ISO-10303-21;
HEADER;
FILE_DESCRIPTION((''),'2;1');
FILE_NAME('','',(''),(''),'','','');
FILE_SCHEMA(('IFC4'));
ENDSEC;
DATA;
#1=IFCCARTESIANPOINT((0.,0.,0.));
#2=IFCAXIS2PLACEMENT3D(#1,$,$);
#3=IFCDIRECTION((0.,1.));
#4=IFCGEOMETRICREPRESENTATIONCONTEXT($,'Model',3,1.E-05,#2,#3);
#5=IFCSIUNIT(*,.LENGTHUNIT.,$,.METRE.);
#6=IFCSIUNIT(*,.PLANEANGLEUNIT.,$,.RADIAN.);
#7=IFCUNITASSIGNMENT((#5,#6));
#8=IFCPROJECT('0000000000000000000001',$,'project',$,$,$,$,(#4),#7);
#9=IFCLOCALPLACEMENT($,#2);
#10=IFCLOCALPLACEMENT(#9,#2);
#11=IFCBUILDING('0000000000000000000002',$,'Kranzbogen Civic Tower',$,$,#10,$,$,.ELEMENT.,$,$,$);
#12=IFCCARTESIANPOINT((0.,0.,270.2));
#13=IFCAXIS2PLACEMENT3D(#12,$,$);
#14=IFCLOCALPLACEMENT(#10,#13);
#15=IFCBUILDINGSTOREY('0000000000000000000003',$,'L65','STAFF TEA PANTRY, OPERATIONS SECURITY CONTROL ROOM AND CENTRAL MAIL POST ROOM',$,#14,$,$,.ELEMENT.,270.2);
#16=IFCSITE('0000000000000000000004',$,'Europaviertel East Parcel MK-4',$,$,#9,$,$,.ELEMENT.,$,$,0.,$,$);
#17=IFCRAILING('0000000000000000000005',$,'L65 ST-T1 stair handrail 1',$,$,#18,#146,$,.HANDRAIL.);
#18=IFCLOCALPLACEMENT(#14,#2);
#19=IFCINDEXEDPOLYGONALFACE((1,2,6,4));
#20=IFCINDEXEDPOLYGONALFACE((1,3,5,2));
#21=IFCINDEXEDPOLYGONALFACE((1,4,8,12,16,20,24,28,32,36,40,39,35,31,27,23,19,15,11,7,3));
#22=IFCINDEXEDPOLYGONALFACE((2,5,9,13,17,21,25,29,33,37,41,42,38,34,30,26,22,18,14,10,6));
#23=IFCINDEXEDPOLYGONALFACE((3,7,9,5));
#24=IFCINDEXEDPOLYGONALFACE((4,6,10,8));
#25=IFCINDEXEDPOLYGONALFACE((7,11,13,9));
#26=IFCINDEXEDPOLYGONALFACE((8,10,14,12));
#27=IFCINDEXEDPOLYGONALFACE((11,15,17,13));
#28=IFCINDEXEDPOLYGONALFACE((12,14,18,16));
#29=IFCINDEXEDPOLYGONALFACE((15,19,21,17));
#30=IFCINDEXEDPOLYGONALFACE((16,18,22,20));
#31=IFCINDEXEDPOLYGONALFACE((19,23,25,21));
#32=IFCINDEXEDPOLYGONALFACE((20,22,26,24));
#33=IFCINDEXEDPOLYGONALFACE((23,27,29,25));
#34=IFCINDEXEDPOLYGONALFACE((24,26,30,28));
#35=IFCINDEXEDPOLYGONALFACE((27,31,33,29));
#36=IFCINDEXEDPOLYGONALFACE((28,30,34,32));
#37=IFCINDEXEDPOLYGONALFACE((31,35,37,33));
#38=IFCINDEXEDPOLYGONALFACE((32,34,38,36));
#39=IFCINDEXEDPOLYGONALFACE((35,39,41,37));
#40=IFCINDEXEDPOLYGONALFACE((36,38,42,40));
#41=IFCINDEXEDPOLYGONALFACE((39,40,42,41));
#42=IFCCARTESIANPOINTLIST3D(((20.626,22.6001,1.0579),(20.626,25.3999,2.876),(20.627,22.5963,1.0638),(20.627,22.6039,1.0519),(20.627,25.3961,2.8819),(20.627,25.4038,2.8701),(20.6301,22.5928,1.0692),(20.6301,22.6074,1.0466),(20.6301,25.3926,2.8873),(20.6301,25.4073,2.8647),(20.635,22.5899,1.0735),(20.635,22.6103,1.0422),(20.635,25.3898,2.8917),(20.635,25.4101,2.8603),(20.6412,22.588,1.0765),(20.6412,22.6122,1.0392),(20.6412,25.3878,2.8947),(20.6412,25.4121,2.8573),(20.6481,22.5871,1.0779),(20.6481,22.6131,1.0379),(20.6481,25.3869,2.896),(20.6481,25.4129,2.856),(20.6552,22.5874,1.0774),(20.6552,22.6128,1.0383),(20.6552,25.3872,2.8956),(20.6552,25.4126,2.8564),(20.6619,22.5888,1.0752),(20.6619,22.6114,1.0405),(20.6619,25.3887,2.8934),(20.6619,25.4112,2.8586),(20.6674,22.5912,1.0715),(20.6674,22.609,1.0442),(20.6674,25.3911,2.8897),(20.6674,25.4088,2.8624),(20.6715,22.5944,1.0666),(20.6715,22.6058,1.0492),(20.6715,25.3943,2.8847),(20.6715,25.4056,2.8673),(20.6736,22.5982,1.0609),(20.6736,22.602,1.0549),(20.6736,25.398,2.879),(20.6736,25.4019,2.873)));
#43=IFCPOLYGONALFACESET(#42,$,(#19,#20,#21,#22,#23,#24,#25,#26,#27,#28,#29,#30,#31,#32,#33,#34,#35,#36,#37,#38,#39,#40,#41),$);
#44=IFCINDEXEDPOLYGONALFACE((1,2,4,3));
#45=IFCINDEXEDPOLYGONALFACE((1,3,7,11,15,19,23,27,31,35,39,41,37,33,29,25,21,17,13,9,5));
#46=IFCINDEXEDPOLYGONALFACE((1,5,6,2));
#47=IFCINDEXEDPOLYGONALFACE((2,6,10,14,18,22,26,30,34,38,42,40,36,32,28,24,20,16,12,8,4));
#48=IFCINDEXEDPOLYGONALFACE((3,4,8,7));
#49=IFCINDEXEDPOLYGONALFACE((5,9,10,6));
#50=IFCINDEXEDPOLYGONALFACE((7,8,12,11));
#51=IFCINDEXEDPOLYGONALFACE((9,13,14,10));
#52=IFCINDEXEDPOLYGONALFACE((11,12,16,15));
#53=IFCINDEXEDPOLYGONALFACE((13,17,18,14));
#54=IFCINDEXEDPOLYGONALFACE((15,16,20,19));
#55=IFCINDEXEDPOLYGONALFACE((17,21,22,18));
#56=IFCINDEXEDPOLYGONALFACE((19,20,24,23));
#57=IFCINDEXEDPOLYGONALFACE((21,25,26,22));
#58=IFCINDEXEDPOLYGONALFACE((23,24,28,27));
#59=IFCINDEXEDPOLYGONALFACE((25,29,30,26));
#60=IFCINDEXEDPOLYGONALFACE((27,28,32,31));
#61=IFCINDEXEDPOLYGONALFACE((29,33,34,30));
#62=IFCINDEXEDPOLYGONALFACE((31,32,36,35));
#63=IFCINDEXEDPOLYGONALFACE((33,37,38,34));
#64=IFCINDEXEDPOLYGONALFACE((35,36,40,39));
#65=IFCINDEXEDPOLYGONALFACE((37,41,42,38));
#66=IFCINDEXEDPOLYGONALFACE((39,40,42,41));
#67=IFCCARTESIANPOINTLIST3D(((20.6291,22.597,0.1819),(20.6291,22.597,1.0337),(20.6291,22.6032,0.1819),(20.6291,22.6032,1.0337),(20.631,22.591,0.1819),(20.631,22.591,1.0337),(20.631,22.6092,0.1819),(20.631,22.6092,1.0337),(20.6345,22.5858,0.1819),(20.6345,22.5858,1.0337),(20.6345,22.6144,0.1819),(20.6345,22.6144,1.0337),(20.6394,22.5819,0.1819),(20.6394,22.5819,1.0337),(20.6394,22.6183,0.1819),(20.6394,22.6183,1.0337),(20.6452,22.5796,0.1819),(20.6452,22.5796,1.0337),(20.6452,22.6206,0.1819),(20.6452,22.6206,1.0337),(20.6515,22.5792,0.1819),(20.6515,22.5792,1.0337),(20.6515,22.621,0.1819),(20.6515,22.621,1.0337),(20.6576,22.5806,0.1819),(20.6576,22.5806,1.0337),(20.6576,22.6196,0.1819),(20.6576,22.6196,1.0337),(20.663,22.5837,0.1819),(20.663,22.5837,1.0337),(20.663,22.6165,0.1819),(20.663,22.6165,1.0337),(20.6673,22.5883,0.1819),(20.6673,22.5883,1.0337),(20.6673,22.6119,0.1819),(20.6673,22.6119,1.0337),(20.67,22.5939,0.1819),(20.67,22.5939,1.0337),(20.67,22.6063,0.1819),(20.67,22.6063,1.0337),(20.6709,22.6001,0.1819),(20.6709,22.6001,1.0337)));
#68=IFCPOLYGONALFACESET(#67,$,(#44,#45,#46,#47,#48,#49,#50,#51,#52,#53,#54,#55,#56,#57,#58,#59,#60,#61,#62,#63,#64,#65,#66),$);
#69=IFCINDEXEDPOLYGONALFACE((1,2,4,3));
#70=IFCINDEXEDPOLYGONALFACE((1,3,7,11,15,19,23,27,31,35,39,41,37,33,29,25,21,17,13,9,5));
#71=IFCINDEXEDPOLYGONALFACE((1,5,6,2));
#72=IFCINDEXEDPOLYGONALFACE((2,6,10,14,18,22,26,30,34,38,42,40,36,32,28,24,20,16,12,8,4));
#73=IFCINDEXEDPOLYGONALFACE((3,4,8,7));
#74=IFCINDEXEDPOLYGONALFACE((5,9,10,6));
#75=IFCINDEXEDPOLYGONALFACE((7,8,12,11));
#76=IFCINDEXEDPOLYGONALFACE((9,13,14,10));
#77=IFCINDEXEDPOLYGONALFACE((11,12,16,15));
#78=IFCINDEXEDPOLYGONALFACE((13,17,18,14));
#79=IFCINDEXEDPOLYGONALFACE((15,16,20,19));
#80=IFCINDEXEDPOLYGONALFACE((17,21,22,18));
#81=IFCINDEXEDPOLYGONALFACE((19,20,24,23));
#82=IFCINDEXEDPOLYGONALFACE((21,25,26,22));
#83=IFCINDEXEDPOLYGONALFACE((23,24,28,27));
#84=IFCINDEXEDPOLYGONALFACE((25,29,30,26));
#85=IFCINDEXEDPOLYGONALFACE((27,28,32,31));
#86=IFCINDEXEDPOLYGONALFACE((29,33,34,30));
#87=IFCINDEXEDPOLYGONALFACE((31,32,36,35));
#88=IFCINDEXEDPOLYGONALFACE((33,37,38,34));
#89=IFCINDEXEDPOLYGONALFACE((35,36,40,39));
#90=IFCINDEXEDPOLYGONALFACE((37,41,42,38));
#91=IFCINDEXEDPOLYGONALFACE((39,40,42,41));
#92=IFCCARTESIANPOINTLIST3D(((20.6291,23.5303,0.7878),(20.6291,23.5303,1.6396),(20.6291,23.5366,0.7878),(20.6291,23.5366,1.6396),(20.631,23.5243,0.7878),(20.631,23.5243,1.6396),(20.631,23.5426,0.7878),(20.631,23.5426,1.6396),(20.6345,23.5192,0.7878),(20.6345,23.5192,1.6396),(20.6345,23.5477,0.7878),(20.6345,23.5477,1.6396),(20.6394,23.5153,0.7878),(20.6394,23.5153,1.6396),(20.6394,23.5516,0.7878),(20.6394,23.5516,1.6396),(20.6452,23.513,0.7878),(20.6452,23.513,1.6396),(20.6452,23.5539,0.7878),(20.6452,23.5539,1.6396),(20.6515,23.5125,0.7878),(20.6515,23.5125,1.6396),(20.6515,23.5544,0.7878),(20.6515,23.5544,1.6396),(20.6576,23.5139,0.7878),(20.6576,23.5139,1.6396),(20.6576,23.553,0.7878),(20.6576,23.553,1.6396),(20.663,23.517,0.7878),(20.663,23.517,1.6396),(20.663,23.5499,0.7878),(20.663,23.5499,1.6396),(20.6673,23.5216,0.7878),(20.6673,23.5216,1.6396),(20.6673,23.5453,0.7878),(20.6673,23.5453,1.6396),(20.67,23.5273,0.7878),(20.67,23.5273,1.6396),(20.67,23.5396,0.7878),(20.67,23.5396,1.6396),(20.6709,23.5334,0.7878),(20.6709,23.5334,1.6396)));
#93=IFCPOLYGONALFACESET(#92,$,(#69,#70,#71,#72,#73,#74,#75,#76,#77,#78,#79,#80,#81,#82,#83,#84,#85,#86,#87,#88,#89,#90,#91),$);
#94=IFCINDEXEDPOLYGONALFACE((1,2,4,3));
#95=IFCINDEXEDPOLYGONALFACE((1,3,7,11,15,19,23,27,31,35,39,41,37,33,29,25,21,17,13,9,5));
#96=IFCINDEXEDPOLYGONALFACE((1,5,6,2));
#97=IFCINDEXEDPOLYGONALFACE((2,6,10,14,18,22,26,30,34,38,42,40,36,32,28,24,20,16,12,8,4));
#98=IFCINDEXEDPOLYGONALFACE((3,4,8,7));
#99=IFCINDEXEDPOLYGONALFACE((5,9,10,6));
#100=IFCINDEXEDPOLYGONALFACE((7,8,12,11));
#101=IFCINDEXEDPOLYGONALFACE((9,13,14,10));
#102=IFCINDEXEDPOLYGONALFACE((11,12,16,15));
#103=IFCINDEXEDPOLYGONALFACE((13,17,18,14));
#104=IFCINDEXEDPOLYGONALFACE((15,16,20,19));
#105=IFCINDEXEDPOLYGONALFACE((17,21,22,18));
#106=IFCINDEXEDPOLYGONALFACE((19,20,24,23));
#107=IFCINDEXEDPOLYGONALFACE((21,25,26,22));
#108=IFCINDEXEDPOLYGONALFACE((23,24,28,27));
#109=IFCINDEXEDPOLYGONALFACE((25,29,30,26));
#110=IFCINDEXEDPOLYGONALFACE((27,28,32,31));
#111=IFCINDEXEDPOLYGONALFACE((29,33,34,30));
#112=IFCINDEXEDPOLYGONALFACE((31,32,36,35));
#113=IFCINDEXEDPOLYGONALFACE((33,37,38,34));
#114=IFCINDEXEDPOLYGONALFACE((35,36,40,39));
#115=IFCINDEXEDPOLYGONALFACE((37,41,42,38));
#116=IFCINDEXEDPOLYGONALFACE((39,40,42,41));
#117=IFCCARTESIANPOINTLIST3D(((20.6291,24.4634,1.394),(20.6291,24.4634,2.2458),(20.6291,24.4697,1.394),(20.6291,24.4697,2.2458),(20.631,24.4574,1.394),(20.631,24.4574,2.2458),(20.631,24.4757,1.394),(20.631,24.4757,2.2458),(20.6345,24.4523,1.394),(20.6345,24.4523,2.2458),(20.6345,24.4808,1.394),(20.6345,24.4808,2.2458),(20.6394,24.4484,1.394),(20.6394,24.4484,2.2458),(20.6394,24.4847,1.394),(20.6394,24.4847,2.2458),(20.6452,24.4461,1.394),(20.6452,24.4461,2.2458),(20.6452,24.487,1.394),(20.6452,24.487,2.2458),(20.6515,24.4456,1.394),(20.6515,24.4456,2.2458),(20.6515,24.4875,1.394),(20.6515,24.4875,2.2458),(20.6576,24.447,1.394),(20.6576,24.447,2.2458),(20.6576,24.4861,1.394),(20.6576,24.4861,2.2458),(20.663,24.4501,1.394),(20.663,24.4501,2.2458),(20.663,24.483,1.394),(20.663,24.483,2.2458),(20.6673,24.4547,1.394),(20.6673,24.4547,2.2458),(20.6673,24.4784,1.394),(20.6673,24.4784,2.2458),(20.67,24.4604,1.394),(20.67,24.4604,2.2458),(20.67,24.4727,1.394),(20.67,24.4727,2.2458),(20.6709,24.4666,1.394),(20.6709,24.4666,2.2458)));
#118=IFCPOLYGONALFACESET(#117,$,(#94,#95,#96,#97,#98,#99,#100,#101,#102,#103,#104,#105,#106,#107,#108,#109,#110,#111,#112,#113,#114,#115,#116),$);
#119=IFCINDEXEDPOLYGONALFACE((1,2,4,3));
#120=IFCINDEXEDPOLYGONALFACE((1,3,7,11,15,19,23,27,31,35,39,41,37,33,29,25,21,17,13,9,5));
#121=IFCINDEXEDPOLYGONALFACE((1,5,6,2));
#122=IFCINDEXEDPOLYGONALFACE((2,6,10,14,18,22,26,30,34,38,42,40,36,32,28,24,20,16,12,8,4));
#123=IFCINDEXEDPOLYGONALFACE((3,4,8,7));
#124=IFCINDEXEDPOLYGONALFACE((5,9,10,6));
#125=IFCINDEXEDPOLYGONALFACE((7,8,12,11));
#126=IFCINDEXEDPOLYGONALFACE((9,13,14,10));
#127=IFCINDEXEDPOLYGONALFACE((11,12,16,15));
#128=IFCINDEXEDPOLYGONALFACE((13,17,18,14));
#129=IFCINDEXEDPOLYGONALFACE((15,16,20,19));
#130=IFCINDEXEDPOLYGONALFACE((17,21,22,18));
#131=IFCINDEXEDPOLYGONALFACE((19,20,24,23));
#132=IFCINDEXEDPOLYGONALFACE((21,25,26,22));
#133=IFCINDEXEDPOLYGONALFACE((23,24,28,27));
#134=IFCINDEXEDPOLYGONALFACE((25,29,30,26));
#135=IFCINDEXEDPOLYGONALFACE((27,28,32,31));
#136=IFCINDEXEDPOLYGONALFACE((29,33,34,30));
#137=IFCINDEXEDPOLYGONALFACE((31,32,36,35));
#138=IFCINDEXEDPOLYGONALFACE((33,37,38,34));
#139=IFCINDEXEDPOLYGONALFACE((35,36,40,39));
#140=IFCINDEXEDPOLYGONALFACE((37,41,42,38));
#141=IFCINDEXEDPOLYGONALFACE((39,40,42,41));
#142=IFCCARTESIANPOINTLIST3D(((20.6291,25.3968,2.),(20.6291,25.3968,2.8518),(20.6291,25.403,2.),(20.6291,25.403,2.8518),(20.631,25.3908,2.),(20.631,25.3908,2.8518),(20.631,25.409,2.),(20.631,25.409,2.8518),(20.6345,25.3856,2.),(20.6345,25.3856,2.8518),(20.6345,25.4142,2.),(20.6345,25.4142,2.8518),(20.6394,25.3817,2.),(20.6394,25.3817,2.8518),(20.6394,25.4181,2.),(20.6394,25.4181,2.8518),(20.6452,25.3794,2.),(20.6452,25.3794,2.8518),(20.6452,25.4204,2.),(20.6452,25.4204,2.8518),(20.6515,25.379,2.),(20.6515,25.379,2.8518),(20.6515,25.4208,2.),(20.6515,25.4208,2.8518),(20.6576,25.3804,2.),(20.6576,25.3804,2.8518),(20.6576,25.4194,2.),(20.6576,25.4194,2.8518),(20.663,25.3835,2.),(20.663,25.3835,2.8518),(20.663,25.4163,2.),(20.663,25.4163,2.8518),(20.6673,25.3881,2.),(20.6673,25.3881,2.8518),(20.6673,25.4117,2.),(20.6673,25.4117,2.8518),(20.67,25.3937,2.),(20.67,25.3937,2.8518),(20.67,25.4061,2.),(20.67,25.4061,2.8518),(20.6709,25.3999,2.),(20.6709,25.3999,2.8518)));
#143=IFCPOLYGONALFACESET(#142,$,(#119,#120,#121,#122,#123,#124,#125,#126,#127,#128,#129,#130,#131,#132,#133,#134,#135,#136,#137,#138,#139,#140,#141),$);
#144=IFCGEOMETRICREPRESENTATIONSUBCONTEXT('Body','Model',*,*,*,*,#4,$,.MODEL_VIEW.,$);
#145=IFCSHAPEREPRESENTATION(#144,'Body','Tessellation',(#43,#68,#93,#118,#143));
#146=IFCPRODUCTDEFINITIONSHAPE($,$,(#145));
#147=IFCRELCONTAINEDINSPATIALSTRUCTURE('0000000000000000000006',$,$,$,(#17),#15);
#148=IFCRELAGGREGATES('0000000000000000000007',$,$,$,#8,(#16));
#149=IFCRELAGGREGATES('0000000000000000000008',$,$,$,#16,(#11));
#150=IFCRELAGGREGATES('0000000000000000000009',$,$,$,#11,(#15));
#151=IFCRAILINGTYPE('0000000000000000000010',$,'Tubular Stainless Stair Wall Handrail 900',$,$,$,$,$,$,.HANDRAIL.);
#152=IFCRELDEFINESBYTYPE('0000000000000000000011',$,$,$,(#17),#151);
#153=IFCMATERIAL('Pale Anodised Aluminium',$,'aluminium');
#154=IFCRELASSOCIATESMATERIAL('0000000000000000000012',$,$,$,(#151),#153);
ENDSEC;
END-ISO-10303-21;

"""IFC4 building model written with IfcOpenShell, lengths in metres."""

from ifc_helpers import new_model, si_unit, direction, frame, origin, origin_2d, place, context, subcontext, project, spatial, circle, extrude, material, type_object, element, save


model = new_model("IFC4")

# Units and contexts
model_context = context("Model", 3, precision=1e-05, world=origin(), true_north=direction((0.0, 1.0)))
body_context = subcontext(model_context, "Body", "Model", "MODEL_VIEW")
ifc_project = project(units=[si_unit("LENGTHUNIT", "METRE"), si_unit("PLANEANGLEUNIT", "RADIAN")], contexts=[model_context])

# Site, building, storey
site_placement = place(None, origin())
site = spatial("IfcSite", under=ifc_project, at=site_placement, Name="Europaviertel East Parcel MK-4", CompositionType="ELEMENT", RefElevation=0.0)
building_placement = place(site_placement, origin())
building = spatial("IfcBuilding", under=site, at=building_placement, Name="Kranzbogen Civic Tower", CompositionType="ELEMENT")
storey_placement = place(building_placement, frame((0.0, 0.0, 270.2)))
storey = spatial("IfcBuildingStorey", under=building, at=storey_placement, Name="L65", Description="STAFF TEA PANTRY, OPERATIONS SECURITY CONTROL ROOM AND CENTRAL MAIL POST ROOM", CompositionType="ELEMENT", Elevation=270.2)

# Shared definitions
ifc_material_1 = material(Name="Pale Anodised Aluminium", Category="aluminium")

# Railing
railing_type_1 = type_object("IfcRailingType", Name="Tubular Stainless Stair Wall Handrail 900", PredefinedType="HANDRAIL", material=ifc_material_1)
railing_1_placement = place(storey_placement, frame((20.6499, 22.6001, 0.1819)))
element("IfcRailing", 1, at=railing_1_placement, inside=storey, type_object=railing_type_1, Name="L65 ST-T1 stair handrail 1", PredefinedType="HANDRAIL", context=body_context, shape_type="SweptSolid", body=[
    extrude(circle(Radius=0.0239, at=origin_2d()), frame((0.0, 0.0, 0.876), z_axis=(0.0, 0.838684, 0.544618), x_axis=(-1.0, 0.0, 0.0)), (0.0, 0.0, 1.0), 3.3384),
    extrude(circle(Radius=0.021, at=origin_2d()), origin(), (0.0, 0.0, 1.0), 0.8518),
    extrude(circle(Radius=0.021, at=origin_2d()), frame((0.0, 0.9333, 0.606)), (0.0, 0.0, 1.0), 0.8518),
    extrude(circle(Radius=0.021, at=origin_2d()), frame((0.0, 1.8665, 1.2122)), (0.0, 0.0, 1.0), 0.8518),
    extrude(circle(Radius=0.021, at=origin_2d()), frame((0.0, 2.7998, 1.8181)), (0.0, 0.0, 1.0), 0.8518),
])

save(model, "model.ifc")
